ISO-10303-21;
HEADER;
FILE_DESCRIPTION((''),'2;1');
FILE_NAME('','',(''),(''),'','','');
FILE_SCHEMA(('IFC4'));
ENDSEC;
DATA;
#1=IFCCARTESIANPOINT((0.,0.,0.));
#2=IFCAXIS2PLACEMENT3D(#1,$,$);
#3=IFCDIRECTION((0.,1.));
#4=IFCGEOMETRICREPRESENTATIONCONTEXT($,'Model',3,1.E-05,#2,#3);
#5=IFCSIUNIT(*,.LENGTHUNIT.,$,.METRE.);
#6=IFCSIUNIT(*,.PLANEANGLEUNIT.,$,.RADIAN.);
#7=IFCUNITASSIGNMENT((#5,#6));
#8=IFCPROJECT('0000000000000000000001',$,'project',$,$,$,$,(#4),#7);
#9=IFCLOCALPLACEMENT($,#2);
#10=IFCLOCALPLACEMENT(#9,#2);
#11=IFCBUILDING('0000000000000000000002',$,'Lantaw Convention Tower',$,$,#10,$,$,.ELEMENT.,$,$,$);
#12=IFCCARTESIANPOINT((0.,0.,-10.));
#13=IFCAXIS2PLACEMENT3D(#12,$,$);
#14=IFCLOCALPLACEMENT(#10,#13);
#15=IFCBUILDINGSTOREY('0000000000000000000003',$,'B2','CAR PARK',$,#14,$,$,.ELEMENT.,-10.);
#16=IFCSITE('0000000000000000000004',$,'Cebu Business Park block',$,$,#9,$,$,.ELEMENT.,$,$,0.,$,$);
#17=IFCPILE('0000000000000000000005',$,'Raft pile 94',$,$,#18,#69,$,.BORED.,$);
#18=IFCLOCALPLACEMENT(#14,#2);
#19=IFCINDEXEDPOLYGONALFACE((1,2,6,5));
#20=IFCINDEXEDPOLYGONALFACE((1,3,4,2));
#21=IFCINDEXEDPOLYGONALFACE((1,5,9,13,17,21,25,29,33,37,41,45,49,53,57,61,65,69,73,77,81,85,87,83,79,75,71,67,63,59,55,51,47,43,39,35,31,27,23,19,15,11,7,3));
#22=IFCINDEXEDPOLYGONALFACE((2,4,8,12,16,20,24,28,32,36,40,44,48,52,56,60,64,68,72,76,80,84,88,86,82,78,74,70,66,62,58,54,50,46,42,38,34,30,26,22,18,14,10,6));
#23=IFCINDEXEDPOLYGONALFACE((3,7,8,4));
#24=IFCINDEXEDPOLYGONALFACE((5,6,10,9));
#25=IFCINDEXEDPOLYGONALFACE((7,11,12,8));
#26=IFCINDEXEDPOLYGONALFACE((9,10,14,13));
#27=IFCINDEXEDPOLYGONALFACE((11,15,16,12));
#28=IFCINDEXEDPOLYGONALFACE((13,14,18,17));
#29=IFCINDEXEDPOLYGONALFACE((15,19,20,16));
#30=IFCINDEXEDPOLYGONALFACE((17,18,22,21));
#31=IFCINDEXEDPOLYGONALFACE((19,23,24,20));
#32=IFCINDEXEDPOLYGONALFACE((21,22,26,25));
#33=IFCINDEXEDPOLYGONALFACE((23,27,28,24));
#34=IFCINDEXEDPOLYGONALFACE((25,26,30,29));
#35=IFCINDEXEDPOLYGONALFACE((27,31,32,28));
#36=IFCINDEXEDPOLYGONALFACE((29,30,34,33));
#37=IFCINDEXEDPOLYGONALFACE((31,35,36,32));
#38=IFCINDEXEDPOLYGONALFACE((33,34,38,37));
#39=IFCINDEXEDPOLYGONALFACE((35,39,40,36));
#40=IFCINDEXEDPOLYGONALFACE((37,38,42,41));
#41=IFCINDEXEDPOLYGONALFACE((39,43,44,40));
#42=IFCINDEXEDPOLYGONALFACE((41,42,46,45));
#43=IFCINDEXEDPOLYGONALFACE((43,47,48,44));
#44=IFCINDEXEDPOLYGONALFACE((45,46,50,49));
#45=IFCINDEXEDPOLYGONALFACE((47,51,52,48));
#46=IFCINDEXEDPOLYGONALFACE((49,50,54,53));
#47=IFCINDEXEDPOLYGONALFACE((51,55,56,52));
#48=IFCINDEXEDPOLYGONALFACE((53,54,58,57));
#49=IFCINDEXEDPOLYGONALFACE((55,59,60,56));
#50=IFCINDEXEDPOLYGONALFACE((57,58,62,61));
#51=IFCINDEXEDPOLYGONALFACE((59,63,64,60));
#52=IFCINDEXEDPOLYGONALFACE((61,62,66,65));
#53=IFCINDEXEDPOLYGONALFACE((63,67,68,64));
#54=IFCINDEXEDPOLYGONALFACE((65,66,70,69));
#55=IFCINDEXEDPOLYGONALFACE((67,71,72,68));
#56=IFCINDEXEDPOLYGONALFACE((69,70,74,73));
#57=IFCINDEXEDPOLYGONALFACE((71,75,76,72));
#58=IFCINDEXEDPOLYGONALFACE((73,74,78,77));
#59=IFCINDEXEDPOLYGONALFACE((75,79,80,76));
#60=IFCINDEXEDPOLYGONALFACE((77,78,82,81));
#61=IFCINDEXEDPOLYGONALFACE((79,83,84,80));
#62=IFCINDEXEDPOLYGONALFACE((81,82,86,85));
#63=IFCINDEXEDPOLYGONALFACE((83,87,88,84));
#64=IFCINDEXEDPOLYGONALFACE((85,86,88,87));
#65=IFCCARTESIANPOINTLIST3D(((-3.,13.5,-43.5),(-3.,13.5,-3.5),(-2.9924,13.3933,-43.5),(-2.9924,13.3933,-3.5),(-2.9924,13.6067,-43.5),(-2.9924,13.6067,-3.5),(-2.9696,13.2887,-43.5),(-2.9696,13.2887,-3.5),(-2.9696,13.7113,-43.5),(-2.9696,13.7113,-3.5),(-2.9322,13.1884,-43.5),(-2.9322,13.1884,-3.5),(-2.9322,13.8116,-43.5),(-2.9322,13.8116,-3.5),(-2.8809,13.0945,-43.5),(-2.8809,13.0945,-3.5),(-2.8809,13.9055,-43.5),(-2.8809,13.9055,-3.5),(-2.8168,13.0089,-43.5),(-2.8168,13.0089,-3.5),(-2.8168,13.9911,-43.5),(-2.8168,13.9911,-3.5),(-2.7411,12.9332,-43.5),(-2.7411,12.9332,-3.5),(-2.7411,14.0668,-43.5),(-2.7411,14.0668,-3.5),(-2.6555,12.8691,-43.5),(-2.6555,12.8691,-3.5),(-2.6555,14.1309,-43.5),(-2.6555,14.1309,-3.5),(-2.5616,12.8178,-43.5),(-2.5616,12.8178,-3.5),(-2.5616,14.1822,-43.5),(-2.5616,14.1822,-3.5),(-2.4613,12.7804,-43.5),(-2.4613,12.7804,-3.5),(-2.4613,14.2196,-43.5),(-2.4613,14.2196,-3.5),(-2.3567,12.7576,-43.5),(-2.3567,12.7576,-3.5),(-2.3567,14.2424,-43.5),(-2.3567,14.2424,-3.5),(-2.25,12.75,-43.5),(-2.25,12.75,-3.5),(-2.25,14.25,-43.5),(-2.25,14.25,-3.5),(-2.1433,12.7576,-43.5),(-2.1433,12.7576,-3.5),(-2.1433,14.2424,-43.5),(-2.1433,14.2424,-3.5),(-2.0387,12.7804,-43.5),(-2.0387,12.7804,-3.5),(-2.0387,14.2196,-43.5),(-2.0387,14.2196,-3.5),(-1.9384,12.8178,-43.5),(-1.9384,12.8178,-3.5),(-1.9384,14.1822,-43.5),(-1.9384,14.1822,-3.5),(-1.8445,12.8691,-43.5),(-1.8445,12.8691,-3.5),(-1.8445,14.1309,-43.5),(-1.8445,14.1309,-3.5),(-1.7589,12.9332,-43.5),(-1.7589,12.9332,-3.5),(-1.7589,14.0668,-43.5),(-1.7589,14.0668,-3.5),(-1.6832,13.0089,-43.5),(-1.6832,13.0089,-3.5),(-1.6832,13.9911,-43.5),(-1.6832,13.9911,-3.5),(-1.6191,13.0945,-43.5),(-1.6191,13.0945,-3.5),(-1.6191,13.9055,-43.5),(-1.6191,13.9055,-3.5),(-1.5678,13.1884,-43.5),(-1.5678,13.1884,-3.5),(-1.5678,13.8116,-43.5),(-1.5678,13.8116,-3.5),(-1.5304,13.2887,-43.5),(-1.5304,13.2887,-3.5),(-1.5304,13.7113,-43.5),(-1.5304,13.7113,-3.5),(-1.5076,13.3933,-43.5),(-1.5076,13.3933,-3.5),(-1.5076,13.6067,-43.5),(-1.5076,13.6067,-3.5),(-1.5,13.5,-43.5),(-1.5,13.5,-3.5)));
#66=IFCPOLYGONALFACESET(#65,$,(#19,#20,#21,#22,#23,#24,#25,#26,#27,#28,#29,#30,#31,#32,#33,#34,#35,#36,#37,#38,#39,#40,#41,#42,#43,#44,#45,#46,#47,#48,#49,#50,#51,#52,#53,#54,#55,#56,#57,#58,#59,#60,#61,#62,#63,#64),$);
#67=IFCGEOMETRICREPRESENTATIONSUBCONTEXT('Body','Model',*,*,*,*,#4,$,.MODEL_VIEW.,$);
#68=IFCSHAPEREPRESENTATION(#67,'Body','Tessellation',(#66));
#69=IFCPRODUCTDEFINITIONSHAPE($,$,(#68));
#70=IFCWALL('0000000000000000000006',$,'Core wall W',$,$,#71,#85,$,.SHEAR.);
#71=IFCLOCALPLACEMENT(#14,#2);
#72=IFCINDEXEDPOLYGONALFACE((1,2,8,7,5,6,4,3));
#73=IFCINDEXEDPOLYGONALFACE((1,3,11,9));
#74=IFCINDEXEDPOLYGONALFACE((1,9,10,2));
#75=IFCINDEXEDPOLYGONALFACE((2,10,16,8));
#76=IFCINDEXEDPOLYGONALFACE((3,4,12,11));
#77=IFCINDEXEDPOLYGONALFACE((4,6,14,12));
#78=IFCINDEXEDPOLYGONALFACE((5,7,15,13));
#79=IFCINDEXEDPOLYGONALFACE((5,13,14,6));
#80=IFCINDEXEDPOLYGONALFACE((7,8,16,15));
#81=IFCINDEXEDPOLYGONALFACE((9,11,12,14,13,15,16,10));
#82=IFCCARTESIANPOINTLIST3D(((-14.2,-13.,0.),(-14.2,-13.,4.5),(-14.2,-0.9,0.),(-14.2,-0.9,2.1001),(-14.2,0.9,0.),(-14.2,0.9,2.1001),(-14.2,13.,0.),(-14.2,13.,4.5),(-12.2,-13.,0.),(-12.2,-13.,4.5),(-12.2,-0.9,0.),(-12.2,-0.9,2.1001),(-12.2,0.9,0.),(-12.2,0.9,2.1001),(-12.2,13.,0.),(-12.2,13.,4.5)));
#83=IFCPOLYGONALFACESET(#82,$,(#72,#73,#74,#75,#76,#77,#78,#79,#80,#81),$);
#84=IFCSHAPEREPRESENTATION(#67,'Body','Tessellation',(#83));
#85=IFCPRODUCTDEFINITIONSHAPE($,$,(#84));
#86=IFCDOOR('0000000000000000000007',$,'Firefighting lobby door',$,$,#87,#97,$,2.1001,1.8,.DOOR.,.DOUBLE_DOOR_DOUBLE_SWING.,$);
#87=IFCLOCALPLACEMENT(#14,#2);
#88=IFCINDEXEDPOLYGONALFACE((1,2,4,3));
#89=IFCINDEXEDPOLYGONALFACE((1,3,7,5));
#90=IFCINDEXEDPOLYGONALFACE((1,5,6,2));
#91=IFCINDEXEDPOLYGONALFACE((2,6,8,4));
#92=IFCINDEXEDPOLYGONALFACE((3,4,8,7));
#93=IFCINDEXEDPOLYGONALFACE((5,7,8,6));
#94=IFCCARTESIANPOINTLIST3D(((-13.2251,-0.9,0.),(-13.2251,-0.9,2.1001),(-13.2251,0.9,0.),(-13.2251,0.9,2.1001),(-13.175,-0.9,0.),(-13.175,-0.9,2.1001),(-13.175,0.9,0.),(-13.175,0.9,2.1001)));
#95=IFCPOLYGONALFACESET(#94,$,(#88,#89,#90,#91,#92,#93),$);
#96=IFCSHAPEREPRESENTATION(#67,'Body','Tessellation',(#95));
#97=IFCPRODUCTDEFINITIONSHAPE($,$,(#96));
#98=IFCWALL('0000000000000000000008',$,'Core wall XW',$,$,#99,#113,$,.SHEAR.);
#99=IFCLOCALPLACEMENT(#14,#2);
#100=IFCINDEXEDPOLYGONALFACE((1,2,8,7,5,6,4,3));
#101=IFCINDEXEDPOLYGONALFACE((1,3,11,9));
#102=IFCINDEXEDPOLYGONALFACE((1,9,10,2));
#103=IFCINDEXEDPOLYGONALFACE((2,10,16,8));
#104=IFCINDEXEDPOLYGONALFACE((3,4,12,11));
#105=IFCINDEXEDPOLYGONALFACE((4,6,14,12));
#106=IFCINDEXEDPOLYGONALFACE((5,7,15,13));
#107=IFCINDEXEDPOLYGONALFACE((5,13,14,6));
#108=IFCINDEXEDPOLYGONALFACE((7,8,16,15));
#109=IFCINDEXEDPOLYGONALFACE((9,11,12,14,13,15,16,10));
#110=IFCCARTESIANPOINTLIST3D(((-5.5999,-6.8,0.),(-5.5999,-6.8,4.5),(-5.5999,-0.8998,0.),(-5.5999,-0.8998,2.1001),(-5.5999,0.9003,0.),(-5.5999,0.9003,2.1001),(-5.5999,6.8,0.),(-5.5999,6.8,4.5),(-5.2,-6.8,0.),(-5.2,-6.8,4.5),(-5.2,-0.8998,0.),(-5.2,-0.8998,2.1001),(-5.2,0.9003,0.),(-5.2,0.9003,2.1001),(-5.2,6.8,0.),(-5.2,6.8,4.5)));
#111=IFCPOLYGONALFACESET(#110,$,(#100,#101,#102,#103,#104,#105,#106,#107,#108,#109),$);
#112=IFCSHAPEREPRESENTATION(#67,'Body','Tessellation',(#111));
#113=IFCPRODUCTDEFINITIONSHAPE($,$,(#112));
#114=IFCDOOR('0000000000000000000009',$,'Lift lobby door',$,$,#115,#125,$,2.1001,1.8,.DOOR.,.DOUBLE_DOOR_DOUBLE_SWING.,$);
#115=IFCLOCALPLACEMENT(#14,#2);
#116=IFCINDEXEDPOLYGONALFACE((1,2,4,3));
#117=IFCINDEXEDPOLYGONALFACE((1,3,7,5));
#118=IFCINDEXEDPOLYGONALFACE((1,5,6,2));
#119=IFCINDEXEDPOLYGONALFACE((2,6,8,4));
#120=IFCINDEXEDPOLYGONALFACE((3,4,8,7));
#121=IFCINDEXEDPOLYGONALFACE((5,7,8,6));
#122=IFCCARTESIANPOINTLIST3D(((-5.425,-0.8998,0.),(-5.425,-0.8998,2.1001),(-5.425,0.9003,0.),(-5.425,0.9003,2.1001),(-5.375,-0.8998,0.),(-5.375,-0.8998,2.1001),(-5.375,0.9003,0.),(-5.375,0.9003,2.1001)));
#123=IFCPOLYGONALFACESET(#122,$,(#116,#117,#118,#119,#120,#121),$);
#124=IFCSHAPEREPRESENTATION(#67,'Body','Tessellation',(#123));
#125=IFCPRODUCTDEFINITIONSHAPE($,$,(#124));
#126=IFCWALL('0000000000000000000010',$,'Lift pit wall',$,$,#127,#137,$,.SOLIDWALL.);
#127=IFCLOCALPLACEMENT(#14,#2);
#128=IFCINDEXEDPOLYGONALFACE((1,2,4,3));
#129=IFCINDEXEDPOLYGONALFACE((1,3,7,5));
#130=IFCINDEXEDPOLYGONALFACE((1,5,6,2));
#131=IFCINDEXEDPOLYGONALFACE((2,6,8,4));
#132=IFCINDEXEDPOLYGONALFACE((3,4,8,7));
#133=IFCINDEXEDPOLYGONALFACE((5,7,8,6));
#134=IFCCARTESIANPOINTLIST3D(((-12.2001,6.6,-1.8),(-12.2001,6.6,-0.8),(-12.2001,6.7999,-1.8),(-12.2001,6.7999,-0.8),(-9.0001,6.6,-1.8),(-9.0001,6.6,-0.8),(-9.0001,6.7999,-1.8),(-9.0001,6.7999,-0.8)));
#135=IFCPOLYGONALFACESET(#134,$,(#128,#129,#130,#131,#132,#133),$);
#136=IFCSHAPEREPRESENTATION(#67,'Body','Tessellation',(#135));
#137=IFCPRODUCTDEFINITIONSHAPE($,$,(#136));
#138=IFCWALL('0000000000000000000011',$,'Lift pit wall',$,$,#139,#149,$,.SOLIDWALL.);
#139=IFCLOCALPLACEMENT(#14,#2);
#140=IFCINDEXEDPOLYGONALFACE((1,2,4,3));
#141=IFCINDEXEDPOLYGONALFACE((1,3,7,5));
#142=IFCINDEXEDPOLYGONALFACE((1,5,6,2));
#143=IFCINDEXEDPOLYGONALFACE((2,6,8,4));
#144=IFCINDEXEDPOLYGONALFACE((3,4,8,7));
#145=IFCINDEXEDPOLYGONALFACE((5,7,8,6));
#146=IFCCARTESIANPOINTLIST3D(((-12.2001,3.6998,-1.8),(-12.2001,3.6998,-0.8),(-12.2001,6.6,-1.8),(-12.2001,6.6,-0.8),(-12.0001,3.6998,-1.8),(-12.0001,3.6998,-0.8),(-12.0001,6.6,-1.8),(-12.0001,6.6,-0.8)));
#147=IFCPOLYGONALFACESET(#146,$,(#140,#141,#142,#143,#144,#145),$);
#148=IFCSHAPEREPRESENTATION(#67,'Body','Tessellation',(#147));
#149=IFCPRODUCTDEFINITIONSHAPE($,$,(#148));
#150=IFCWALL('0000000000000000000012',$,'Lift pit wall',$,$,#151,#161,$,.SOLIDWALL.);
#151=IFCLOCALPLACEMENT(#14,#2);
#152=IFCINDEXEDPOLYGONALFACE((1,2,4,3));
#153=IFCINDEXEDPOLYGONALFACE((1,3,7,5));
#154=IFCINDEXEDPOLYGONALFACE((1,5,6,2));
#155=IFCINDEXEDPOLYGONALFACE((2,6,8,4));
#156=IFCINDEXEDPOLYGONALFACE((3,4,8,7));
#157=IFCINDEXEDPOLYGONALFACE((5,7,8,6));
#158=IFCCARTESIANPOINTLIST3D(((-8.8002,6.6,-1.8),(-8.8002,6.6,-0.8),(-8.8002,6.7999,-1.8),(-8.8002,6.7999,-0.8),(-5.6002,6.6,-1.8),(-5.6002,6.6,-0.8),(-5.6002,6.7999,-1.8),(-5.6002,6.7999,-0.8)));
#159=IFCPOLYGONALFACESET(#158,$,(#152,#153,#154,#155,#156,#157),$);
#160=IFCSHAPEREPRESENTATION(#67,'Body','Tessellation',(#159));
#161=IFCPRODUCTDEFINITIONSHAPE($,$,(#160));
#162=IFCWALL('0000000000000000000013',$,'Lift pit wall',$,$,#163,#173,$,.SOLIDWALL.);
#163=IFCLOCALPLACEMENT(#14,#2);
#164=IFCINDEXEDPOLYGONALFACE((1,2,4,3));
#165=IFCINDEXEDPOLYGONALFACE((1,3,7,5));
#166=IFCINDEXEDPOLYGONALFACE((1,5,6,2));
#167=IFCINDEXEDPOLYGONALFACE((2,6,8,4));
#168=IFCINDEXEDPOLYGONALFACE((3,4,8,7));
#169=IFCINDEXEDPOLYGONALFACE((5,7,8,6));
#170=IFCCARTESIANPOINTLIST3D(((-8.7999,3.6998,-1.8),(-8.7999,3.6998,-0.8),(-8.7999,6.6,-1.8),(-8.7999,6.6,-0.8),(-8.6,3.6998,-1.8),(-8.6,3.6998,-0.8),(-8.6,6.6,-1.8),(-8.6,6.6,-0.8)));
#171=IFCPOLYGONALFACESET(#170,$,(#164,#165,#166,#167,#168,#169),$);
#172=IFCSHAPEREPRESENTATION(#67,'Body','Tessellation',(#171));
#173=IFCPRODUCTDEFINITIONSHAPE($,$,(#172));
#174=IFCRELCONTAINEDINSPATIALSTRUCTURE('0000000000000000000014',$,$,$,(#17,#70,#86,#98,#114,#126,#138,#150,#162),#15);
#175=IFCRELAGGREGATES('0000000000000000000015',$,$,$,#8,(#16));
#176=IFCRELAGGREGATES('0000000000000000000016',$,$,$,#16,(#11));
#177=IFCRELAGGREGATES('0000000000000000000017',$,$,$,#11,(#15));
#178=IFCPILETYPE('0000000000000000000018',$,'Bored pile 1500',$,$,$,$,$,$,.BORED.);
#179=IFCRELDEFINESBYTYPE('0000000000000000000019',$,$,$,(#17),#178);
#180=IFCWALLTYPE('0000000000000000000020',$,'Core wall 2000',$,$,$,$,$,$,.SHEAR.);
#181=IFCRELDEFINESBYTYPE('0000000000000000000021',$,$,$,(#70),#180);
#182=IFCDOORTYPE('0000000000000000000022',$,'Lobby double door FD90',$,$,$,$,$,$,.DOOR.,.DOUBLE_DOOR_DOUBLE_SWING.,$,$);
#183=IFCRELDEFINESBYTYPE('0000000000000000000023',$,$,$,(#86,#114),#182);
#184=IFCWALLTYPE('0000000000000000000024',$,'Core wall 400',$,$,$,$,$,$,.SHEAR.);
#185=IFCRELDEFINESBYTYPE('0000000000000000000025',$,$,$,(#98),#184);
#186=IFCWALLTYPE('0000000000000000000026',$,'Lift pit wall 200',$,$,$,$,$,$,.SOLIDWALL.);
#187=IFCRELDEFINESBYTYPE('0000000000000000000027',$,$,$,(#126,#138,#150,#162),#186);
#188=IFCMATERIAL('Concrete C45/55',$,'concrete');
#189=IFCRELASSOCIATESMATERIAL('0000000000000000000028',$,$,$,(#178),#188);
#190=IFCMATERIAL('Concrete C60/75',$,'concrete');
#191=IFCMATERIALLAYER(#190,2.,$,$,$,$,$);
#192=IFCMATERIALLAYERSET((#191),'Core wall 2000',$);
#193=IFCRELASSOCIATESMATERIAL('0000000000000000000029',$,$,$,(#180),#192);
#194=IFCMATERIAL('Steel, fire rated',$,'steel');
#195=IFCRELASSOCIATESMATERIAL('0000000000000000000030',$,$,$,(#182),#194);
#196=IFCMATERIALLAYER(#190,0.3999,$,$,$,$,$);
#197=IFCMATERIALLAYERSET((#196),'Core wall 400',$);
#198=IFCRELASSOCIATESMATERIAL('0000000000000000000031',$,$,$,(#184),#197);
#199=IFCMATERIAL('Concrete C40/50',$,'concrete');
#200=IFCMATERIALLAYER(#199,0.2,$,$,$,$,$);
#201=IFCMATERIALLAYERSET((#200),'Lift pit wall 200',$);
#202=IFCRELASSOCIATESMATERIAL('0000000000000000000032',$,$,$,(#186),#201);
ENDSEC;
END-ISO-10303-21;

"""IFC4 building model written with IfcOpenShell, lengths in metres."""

from ifc_helpers import new_model, si_unit, direction, frame, frame_2d, origin, origin_2d, place, context, subcontext, project, spatial, rectangle, circle, extrude, material, layer, layer_set, material_profile, profile_set, type_object, element, fill, save


model = new_model("IFC4")

# Units and contexts
model_context = context("Model", 3, precision=1e-05, world=origin(), true_north=direction((0.0, 1.0)))
body_context = subcontext(model_context, "Body", "Model", "MODEL_VIEW")
ifc_project = project(units=[si_unit("LENGTHUNIT", "METRE"), si_unit("PLANEANGLEUNIT", "RADIAN")], contexts=[model_context])

# Site, building, storey
site_placement = place(None, origin())
site = spatial("IfcSite", under=ifc_project, at=site_placement, Name="Cebu Business Park block", CompositionType="ELEMENT", RefElevation=0.0)
building_placement = place(site_placement, origin())
building = spatial("IfcBuilding", under=site, at=building_placement, Name="Lantaw Convention Tower", CompositionType="ELEMENT")
storey_placement = place(building_placement, frame((0.0, 0.0, -10.0)))
storey = spatial("IfcBuildingStorey", under=building, at=storey_placement, Name="B2", Description="CAR PARK", CompositionType="ELEMENT", Elevation=-10.0)

# Pile
ifc_material_1 = material(Name="Concrete C45/55", Category="concrete")
ifc_material_profile = material_profile(ifc_material_1, circle(Radius=0.75, at=origin_2d()), Name="Bored pile 1500")
ifc_profile_set = profile_set([ifc_material_profile], Name="Concrete C45/55")
pile_type = type_object("IfcPileType", Name="Bored pile 1500", PredefinedType="BORED", material=ifc_profile_set)
for number, where, z_axis, x_axis, name in (
    (1, (-2.25, 13.5, -3.5), (0.0, 0.0, -1.0), (1.0, 0.0, 0.0), "Raft pile 94"),
):
    element("IfcPile", number, at=place(storey_placement, frame(where, z_axis=z_axis, x_axis=x_axis)), inside=storey, type_object=pile_type, Name=name, PredefinedType="BORED", context=body_context, shape_type="SweptSolid", body=[
        extrude(circle(Radius=0.75, at=origin_2d()), origin(), (0.0, 0.0, 1.0), 40.0),
    ])

# Walls, openings, doors
ifc_material_2 = material(Name="Concrete C60/75", Category="concrete")
ifc_layer_1 = layer(ifc_material_2, 2.0)
ifc_layer_set_1 = layer_set([ifc_layer_1], Name="Core wall 2000")
wall_type_1 = type_object("IfcWallType", Name="Core wall 2000", PredefinedType="SHEAR", material=ifc_layer_set_1)
wall_1_placement = place(storey_placement, frame((-13.2, 13.0, 0.0), z_axis=(0.0, 0.0, 1.0), x_axis=(0.0, -1.0, 0.0)))
wall_1 = element("IfcWall", 2, at=wall_1_placement, inside=storey, type_object=wall_type_1, Name="Core wall W", PredefinedType="SHEAR", context=body_context, shape_type="SweptSolid", body=[
    extrude(rectangle(XDim=26.0, YDim=2.0, at=frame_2d((13.0, 0.0))), origin(), (0.0, 0.0, 1.0), 4.5),
])
opening_1_placement = place(wall_1_placement, frame((12.1001, 0.0, 0.0)))
opening_1 = element("IfcOpeningElement", 3, at=opening_1_placement, cuts=wall_1, PredefinedType="OPENING", context=body_context, shape_type="SweptSolid", body=[
    extrude(rectangle(XDim=1.8, YDim=2.1001, at=frame_2d((0.8999, 1.05))), frame((0.0, 1.01, 0.0), z_axis=(0.0, -1.0, 0.0), x_axis=(1.0, 0.0, 0.0)), (0.0, 0.0, 1.0), 2.02),
])
ifc_material_3 = material(Name="Steel, fire rated", Category="steel")
door_type = type_object("IfcDoorType", Name="Lobby double door FD90", OperationType="DOUBLE_DOOR_DOUBLE_SWING", PredefinedType="DOOR", material=ifc_material_3)
door_1_placement = place(opening_1_placement, origin())
door_1 = element("IfcDoor", 4, at=door_1_placement, inside=storey, type_object=door_type, Name="Firefighting lobby door", OperationType="DOUBLE_DOOR_DOUBLE_SWING", OverallHeight=2.1001, OverallWidth=1.8, PredefinedType="DOOR", context=body_context, shape_type="SweptSolid", body=[
    extrude(rectangle(XDim=1.8, YDim=2.1001, at=frame_2d((0.8999, 1.05))), frame((0.0, 0.0249, 0.0), z_axis=(0.0, -1.0, 0.0), x_axis=(1.0, 0.0, 0.0)), (0.0, 0.0, 1.0), 0.05),
])
fill(opening_1, door_1)
ifc_layer_2 = layer(ifc_material_2, 0.3999)
ifc_layer_set_2 = layer_set([ifc_layer_2], Name="Core wall 400")
wall_type_2 = type_object("IfcWallType", Name="Core wall 400", PredefinedType="SHEAR", material=ifc_layer_set_2)
wall_2_placement = place(storey_placement, frame((-5.3999, 6.8, 0.0), z_axis=(0.0, 0.0, 1.0), x_axis=(0.0, -1.0, 0.0)))
wall_2 = element("IfcWall", 5, at=wall_2_placement, inside=storey, type_object=wall_type_2, Name="Core wall XW", PredefinedType="SHEAR", context=body_context, shape_type="SweptSolid", body=[
    extrude(rectangle(XDim=13.6001, YDim=0.3999, at=frame_2d((6.8, 0.0))), origin(), (0.0, 0.0, 1.0), 4.5),
])
opening_2_placement = place(wall_2_placement, frame((5.8999, 0.0, 0.0)))
opening_2 = element("IfcOpeningElement", 6, at=opening_2_placement, cuts=wall_2, PredefinedType="OPENING", context=body_context, shape_type="SweptSolid", body=[
    extrude(rectangle(XDim=1.8, YDim=2.1001, at=frame_2d((0.8999, 1.05))), frame((0.0, 0.21, 0.0), z_axis=(0.0, -1.0, 0.0), x_axis=(1.0, 0.0, 0.0)), (0.0, 0.0, 1.0), 0.4199),
])
door_2_placement = place(opening_2_placement, origin())
door_2 = element("IfcDoor", 7, at=door_2_placement, inside=storey, type_object=door_type, Name="Lift lobby door", OperationType="DOUBLE_DOOR_DOUBLE_SWING", OverallHeight=2.1001, OverallWidth=1.8, PredefinedType="DOOR", context=body_context, shape_type="SweptSolid", body=[
    extrude(rectangle(XDim=1.8, YDim=2.1001, at=frame_2d((0.8999, 1.05))), frame((0.0, 0.0249, 0.0), z_axis=(0.0, -1.0, 0.0), x_axis=(1.0, 0.0, 0.0)), (0.0, 0.0, 1.0), 0.05),
])
fill(opening_2, door_2)

# Walls
ifc_material_4 = material(Name="Concrete C40/50", Category="concrete")
ifc_layer_3 = layer(ifc_material_4, 0.2)
ifc_layer_set_3 = layer_set([ifc_layer_3], Name="Lift pit wall 200")
wall_type_3 = type_object("IfcWallType", Name="Lift pit wall 200", PredefinedType="SOLIDWALL", material=ifc_layer_set_3)
wall_3_placement = place(storey_placement, frame((-9.0, 6.7, -1.8), z_axis=(0.0, 0.0, 1.0), x_axis=(-1.0, 0.0, 0.0)))
element("IfcWall", 8, at=wall_3_placement, inside=storey, type_object=wall_type_3, Name="Lift pit wall", PredefinedType="SOLIDWALL", context=body_context, shape_type="SweptSolid", body=[
    extrude(rectangle(XDim=3.2, YDim=0.2, at=frame_2d((1.6001, 0.0))), origin(), (0.0, 0.0, 1.0), 1.0),
])
wall_4_placement = place(storey_placement, frame((-12.1001, 6.6001, -1.8), z_axis=(0.0, 0.0, 1.0), x_axis=(0.0, -1.0, 0.0)))
element("IfcWall", 9, at=wall_4_placement, inside=storey, type_object=wall_type_3, Name="Lift pit wall", PredefinedType="SOLIDWALL", context=body_context, shape_type="SweptSolid", body=[
    extrude(rectangle(XDim=2.9001, YDim=0.2, at=frame_2d((1.4502, 0.0))), origin(), (0.0, 0.0, 1.0), 1.0),
])
wall_5_placement = place(storey_placement, frame((-5.6001, 6.7, -1.8), z_axis=(0.0, 0.0, 1.0), x_axis=(-1.0, 0.0, 0.0)))
element("IfcWall", 10, at=wall_5_placement, inside=storey, type_object=wall_type_3, Name="Lift pit wall", PredefinedType="SOLIDWALL", context=body_context, shape_type="SweptSolid", body=[
    extrude(rectangle(XDim=3.2, YDim=0.2, at=frame_2d((1.6001, 0.0))), origin(), (0.0, 0.0, 1.0), 1.0),
])
wall_6_placement = place(storey_placement, frame((-8.7, 6.6001, -1.8), z_axis=(0.0, 0.0, 1.0), x_axis=(0.0, -1.0, 0.0)))
element("IfcWall", 11, at=wall_6_placement, inside=storey, type_object=wall_type_3, Name="Lift pit wall", PredefinedType="SOLIDWALL", context=body_context, shape_type="SweptSolid", body=[
    extrude(rectangle(XDim=2.9001, YDim=0.2, at=frame_2d((1.4502, 0.0))), origin(), (0.0, 0.0, 1.0), 1.0),
])

save(model, "model.ifc")
